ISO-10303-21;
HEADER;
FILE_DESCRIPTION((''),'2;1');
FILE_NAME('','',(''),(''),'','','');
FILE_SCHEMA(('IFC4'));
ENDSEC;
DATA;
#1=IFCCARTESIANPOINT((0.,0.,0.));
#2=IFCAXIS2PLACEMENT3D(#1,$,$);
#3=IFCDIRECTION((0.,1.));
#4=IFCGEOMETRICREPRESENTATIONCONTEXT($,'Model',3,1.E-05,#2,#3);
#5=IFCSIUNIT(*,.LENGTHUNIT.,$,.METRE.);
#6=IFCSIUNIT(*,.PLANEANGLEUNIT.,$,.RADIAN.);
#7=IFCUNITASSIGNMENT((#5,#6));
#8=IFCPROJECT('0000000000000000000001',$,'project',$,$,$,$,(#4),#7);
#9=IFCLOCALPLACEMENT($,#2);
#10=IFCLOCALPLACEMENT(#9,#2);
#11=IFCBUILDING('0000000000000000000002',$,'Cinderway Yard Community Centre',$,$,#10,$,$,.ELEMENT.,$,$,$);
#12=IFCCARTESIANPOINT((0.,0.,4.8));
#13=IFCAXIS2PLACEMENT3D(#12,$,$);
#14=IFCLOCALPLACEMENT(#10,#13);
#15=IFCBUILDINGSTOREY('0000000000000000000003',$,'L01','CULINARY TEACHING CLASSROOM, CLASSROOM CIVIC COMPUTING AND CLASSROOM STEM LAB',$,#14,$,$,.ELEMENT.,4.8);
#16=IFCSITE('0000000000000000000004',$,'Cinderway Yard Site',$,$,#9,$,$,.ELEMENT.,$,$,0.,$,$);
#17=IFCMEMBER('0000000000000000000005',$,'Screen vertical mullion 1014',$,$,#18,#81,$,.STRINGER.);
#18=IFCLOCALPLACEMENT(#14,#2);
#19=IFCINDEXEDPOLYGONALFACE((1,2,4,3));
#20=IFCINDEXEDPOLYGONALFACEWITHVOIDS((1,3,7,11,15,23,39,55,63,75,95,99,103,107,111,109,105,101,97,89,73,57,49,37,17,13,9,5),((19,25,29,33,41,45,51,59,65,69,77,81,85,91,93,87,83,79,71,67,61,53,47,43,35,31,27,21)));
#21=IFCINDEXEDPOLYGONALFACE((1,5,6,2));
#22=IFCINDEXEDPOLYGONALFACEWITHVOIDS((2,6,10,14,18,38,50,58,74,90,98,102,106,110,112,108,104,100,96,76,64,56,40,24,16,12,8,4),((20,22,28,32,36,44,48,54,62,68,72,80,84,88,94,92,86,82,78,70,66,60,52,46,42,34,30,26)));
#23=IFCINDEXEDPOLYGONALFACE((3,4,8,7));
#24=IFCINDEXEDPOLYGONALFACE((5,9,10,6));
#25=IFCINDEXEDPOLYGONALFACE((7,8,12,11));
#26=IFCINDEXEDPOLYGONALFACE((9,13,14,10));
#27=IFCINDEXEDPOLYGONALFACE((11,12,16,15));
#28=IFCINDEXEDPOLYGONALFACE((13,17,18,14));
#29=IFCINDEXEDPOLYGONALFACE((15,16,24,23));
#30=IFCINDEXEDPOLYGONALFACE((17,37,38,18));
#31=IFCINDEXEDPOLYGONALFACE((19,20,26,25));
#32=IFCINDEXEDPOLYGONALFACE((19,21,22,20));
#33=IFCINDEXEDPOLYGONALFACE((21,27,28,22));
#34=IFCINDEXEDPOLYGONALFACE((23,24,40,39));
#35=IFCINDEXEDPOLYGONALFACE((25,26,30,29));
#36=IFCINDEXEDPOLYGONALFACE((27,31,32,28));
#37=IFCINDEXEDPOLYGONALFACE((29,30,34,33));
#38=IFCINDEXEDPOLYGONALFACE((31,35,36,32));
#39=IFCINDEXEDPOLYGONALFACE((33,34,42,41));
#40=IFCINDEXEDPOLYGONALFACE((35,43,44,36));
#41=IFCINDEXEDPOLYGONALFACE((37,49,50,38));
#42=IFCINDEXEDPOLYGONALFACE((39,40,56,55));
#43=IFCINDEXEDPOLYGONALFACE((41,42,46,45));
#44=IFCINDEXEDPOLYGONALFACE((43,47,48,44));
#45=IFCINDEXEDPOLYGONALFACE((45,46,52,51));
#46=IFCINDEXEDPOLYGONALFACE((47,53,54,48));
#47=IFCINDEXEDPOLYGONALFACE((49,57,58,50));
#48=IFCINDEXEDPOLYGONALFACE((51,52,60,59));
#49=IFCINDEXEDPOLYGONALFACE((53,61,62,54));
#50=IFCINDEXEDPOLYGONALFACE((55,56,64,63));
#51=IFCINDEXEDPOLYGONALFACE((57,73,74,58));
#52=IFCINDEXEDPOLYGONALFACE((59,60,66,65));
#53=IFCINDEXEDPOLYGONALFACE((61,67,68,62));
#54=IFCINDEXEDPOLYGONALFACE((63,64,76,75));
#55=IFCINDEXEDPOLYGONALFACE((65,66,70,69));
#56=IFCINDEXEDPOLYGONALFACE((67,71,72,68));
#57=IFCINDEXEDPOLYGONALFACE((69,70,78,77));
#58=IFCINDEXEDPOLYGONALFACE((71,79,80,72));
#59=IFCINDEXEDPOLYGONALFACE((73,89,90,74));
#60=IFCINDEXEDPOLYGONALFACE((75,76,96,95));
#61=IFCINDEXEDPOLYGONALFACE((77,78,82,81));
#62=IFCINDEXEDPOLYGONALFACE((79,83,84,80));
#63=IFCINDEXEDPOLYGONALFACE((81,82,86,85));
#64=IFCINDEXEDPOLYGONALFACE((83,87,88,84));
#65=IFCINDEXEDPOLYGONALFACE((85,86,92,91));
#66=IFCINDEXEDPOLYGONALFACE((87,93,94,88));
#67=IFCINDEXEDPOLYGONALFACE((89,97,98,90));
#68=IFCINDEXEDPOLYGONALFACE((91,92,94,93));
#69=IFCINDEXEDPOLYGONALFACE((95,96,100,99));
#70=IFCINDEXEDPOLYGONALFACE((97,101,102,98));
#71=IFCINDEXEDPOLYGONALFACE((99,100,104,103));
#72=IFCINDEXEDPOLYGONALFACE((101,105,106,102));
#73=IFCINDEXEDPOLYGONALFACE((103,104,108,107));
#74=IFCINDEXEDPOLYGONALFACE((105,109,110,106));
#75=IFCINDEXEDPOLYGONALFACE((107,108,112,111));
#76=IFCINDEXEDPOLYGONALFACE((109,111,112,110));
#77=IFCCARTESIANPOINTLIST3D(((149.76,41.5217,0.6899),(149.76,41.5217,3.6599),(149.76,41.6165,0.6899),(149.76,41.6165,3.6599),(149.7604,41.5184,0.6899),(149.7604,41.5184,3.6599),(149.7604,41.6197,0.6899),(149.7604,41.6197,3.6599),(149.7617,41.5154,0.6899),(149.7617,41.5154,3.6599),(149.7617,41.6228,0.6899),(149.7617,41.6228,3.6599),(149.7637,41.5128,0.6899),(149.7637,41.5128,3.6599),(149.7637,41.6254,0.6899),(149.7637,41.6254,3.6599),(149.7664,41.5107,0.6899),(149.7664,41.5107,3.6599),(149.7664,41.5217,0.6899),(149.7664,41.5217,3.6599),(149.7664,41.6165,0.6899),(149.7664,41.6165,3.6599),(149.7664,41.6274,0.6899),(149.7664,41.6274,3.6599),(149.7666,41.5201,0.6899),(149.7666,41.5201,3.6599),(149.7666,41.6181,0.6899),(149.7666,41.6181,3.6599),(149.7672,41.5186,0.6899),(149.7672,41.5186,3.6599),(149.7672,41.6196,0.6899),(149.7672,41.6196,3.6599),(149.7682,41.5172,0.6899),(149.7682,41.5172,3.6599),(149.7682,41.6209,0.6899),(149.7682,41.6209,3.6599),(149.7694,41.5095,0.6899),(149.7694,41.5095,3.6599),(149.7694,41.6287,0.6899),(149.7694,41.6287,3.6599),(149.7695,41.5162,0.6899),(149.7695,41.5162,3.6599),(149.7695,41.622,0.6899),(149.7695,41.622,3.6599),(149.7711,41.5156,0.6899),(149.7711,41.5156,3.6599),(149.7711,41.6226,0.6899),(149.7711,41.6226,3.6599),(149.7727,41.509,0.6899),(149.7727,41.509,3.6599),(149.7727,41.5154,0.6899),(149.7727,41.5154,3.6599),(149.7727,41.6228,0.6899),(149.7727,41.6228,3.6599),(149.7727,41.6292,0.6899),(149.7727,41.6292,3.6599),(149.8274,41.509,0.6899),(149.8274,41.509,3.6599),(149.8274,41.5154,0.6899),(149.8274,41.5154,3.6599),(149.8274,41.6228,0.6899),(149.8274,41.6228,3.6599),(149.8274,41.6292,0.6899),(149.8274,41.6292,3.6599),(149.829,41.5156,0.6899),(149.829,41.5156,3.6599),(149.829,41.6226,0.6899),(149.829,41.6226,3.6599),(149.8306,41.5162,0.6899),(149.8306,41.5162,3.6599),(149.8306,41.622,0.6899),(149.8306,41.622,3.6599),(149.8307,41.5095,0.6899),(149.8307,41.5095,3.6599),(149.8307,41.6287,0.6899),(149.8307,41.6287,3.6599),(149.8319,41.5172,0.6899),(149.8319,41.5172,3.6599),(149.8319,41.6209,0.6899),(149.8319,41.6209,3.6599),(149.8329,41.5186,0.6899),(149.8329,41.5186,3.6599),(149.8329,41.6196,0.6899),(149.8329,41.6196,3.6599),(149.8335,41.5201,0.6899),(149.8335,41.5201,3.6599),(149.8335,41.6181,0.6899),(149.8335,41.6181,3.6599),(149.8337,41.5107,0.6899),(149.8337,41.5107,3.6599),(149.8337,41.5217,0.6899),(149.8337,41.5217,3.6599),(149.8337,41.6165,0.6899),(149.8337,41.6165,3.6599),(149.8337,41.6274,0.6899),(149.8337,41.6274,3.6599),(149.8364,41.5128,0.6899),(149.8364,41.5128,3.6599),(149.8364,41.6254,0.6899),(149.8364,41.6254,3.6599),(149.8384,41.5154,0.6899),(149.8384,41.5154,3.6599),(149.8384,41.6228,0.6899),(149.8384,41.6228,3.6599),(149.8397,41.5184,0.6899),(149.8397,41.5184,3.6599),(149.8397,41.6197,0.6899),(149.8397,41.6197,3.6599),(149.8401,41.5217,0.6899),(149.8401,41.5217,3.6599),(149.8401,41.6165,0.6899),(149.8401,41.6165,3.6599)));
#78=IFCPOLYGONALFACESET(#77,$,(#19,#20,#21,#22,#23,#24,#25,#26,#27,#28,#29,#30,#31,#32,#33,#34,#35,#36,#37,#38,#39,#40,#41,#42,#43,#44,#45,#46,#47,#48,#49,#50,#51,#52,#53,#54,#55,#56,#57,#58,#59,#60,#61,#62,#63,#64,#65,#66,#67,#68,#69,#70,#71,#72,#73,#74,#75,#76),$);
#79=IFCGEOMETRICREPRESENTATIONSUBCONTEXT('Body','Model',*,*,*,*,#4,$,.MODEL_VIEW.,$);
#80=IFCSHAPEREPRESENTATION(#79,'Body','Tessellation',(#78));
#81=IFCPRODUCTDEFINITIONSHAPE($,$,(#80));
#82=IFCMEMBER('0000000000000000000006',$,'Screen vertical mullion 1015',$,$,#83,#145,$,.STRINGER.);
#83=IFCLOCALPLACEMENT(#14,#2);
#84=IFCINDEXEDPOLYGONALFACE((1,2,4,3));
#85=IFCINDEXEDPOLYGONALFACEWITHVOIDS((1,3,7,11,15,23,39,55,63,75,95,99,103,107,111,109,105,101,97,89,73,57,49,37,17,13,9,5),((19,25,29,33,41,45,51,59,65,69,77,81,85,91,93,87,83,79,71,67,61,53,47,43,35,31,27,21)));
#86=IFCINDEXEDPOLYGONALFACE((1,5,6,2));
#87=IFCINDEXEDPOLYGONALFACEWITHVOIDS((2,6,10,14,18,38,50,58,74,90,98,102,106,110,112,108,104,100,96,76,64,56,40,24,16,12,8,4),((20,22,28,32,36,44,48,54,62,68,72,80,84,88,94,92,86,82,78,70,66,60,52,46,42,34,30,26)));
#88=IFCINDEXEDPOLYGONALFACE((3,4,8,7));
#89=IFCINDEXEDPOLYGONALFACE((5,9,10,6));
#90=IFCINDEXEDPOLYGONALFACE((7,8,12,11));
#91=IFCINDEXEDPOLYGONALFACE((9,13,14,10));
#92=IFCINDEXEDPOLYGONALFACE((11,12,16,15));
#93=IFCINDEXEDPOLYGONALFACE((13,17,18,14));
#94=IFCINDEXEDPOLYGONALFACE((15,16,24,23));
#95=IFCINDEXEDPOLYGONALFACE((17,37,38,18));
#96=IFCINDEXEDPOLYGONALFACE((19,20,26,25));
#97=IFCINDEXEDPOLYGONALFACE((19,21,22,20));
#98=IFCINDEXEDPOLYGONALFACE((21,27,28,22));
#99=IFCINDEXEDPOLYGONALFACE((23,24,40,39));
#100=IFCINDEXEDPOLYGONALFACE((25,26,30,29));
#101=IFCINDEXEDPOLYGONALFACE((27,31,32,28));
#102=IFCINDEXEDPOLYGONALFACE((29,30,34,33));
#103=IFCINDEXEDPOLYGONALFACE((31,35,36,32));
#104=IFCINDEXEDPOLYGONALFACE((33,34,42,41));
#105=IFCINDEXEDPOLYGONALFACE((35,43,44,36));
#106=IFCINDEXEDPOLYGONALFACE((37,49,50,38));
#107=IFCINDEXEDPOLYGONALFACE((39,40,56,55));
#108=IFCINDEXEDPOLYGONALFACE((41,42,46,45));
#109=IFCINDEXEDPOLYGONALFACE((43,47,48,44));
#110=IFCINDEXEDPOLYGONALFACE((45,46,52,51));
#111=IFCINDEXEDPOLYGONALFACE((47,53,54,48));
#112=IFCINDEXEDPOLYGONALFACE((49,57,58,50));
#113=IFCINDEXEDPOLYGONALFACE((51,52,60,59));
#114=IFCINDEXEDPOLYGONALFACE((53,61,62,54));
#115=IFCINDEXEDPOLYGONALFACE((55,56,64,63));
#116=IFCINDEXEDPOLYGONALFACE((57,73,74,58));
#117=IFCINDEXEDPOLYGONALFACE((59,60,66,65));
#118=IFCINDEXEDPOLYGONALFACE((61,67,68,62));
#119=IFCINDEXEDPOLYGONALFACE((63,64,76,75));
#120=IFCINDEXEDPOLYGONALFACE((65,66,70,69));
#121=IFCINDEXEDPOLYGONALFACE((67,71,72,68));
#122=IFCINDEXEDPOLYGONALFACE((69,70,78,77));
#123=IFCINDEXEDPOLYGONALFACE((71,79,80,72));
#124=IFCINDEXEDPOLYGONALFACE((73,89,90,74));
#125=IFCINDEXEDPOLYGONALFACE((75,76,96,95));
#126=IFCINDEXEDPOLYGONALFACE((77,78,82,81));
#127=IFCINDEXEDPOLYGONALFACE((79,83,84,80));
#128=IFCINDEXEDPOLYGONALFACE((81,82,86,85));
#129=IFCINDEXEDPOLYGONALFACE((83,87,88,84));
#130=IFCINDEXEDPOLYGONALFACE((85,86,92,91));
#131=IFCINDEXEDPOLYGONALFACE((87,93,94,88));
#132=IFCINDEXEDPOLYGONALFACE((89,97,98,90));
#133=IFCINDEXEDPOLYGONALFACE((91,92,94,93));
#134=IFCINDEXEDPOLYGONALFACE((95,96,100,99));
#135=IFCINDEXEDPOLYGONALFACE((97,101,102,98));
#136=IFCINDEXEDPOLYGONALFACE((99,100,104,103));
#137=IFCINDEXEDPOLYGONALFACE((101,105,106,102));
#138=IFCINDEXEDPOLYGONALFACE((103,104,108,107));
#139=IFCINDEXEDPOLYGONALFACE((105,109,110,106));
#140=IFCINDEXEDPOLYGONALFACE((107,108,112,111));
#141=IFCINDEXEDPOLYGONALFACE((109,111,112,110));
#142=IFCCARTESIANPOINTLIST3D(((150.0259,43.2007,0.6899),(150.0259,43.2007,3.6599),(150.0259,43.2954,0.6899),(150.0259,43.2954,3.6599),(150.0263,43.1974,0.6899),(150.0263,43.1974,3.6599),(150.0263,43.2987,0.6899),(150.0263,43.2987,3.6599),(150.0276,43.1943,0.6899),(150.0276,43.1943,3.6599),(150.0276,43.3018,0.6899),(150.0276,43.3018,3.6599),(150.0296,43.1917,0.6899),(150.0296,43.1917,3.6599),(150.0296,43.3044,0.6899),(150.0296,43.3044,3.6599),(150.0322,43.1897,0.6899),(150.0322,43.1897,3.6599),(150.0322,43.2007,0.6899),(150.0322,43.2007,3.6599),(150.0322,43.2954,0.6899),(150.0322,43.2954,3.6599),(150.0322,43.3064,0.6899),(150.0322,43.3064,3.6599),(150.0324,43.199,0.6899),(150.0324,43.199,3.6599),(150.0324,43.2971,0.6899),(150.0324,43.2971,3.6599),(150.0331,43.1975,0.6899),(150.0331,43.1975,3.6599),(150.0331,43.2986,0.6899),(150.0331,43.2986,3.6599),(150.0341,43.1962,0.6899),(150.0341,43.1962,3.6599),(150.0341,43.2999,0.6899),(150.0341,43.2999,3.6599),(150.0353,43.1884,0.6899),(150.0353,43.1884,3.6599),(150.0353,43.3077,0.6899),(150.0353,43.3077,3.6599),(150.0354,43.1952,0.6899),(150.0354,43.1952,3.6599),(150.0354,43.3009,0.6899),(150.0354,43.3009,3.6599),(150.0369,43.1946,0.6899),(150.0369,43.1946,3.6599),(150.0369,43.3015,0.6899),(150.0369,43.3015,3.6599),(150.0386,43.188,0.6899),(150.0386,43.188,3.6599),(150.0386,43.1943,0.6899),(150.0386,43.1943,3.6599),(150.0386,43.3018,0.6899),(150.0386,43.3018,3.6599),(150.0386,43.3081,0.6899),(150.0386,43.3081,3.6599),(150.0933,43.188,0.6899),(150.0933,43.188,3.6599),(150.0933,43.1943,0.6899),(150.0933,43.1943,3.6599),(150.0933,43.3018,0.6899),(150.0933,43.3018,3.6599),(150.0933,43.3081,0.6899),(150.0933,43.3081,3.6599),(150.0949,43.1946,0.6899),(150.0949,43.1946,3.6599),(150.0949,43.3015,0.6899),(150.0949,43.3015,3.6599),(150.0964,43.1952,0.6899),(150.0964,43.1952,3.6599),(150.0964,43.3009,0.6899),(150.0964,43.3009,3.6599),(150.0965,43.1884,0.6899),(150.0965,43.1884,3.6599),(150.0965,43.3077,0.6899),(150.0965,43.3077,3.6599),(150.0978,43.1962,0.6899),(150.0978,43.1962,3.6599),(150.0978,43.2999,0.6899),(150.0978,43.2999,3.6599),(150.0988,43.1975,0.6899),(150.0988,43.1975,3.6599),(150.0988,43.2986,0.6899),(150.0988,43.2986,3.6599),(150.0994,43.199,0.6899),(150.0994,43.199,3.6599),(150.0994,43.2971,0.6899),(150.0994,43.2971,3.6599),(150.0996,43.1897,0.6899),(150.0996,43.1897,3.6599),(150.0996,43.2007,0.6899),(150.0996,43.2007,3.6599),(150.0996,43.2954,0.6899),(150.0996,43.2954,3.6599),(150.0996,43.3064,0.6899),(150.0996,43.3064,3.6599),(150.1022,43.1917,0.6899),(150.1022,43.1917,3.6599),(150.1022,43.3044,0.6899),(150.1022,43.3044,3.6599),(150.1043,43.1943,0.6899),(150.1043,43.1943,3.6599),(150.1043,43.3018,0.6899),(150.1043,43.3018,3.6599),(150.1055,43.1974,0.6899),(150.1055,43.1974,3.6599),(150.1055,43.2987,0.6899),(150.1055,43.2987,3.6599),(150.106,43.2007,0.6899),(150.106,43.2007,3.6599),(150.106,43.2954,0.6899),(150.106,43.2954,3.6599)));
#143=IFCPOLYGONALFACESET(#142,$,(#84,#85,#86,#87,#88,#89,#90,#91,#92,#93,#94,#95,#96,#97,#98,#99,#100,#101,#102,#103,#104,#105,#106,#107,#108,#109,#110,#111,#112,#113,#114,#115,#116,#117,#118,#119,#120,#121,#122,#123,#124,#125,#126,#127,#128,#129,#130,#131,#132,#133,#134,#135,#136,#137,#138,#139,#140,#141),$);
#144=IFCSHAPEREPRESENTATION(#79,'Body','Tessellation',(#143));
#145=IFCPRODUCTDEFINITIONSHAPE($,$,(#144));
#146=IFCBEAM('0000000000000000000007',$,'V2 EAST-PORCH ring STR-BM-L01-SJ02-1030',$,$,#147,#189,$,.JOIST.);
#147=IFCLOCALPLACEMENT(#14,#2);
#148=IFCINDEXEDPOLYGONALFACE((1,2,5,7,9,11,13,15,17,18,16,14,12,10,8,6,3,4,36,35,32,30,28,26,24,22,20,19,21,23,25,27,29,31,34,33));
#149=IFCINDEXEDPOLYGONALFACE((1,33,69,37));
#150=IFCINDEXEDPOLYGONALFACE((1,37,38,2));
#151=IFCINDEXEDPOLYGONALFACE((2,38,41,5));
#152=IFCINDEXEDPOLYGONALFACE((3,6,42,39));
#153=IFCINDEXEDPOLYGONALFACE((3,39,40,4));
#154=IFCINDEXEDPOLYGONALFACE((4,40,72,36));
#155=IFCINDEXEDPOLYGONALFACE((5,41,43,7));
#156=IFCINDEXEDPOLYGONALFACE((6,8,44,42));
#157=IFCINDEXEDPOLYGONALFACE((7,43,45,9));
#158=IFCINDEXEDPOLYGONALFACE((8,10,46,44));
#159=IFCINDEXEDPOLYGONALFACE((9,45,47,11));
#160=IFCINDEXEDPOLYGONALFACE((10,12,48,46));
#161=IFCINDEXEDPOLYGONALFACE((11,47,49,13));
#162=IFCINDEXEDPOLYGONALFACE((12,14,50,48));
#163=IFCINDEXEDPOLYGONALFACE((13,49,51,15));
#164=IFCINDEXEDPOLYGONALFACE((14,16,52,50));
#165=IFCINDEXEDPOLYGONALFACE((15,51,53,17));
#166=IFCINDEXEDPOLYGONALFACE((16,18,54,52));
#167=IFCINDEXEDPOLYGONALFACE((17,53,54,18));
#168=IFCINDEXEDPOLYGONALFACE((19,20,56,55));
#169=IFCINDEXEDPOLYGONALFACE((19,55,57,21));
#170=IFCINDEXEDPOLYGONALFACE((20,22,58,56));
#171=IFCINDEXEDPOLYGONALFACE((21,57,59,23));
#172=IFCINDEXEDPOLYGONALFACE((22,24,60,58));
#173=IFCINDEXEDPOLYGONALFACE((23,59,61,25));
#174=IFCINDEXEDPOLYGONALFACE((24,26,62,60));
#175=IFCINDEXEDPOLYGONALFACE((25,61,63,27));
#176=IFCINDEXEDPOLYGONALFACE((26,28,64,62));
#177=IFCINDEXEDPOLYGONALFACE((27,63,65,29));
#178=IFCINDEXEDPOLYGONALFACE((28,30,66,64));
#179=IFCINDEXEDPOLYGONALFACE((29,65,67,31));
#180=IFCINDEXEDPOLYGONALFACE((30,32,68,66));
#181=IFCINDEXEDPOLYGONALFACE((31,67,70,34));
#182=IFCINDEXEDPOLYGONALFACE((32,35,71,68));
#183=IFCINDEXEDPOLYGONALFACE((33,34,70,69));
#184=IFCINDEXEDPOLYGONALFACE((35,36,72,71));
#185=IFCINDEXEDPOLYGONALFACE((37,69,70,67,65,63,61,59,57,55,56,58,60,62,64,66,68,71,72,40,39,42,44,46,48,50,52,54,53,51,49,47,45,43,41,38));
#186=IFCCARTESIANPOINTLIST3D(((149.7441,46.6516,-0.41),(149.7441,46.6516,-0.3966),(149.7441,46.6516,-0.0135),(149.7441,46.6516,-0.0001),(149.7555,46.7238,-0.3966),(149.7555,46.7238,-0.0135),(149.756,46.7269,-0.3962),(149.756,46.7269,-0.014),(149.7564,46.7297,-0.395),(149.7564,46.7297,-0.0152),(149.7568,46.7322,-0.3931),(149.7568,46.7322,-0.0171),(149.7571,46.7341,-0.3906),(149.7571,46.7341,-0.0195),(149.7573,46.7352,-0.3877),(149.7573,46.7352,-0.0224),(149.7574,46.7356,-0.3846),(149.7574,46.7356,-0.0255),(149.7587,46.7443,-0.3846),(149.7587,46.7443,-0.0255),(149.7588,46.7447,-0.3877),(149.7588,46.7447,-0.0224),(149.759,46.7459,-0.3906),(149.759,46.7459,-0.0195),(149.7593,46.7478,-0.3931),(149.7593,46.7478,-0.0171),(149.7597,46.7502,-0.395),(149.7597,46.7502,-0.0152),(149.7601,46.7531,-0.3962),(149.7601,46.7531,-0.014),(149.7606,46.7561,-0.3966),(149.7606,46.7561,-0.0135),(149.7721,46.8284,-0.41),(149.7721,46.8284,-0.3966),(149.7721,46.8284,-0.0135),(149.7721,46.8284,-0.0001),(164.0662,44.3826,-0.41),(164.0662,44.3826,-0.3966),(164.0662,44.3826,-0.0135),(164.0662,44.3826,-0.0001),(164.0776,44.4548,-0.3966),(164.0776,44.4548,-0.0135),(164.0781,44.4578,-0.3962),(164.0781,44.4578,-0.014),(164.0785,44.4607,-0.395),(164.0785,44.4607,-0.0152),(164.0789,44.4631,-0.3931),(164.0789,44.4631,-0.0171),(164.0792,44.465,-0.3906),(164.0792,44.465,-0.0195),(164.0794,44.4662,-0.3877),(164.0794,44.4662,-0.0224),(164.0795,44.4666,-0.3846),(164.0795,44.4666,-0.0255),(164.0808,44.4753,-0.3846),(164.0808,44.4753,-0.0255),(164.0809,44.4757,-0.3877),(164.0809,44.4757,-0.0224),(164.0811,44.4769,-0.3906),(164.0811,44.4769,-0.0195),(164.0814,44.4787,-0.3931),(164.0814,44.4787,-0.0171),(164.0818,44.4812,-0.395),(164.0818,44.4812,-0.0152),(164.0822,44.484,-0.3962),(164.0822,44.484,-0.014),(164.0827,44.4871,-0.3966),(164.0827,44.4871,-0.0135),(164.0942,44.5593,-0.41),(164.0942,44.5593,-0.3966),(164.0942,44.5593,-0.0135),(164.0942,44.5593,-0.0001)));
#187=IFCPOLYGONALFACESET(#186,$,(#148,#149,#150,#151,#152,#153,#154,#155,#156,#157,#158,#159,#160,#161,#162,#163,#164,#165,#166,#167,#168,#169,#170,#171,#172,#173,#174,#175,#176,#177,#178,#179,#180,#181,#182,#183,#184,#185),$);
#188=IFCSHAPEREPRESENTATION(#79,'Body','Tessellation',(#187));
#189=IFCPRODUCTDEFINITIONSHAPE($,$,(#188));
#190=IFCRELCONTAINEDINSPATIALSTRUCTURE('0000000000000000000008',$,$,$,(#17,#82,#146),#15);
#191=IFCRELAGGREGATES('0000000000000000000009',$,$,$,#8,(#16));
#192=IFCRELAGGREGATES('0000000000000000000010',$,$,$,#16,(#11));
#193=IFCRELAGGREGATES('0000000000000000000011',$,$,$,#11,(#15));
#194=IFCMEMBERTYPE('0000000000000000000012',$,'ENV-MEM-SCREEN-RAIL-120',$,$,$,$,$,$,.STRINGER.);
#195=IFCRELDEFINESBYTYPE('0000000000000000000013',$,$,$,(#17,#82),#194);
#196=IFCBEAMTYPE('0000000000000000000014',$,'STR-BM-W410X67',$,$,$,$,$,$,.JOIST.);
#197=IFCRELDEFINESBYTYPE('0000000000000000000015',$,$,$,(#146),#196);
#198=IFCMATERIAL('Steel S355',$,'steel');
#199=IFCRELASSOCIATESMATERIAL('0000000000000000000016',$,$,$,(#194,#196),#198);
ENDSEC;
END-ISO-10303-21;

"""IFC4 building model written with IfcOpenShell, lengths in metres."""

from ifc_helpers import new_model, si_unit, direction, frame, origin, origin_2d, place, context, subcontext, project, spatial, hollow_rectangle, i_section, extrude, material, material_profile, profile_set, type_object, element, save


model = new_model("IFC4")

# Units and contexts
model_context = context("Model", 3, precision=1e-05, world=origin(), true_north=direction((0.0, 1.0)))
body_context = subcontext(model_context, "Body", "Model", "MODEL_VIEW")
ifc_project = project(units=[si_unit("LENGTHUNIT", "METRE"), si_unit("PLANEANGLEUNIT", "RADIAN")], contexts=[model_context])

# Site, building, storey
site_placement = place(None, origin())
site = spatial("IfcSite", under=ifc_project, at=site_placement, Name="Cinderway Yard Site", CompositionType="ELEMENT", RefElevation=0.0)
building_placement = place(site_placement, origin())
building = spatial("IfcBuilding", under=site, at=building_placement, Name="Cinderway Yard Community Centre", CompositionType="ELEMENT")
storey_placement = place(building_placement, frame((0.0, 0.0, 4.8)))
storey = spatial("IfcBuildingStorey", under=building, at=storey_placement, Name="L01", Description="CULINARY TEACHING CLASSROOM, CLASSROOM CIVIC COMPUTING AND CLASSROOM STEM LAB", CompositionType="ELEMENT", Elevation=4.8)

# Members
ifc_material_1 = material(Name="Steel S355", Category="steel")
ifc_material_profile_1 = material_profile(ifc_material_1, hollow_rectangle(XDim=0.0801, YDim=0.1201, WallThickness=0.0063, InnerFilletRadius=0.0063, OuterFilletRadius=0.0127, at=origin_2d()), Name="Steel S355")
ifc_profile_set_1 = profile_set([ifc_material_profile_1], Name="Steel S355")
member_type_1 = type_object("IfcMemberType", Name="ENV-MEM-SCREEN-RAIL-120", PredefinedType="STRINGER", material=ifc_profile_set_1)
for number, where, z_axis, x_axis, name in (
    (1, (149.8, 41.5691, 0.6899), (0.0, 0.0, 1.0), (1.0, 0.0, 0.0), "Screen vertical mullion 1014"),
    (2, (150.0659, 43.248, 0.6899), (0.0, 0.0, 1.0), (1.0, 0.0, 0.0), "Screen vertical mullion 1015"),
):
    element("IfcMember", number, at=place(storey_placement, frame(where, z_axis=z_axis, x_axis=x_axis)), inside=storey, type_object=member_type_1, Name=name, PredefinedType="STRINGER", context=body_context, shape_type="SweptSolid", body=[
        extrude(hollow_rectangle(XDim=0.0801, YDim=0.1201, WallThickness=0.0063, InnerFilletRadius=0.0063, OuterFilletRadius=0.0127, at=origin_2d()), origin(), (0.0, 0.0, 1.0), 2.97),
    ])

# Beam
ifc_material_profile_2 = material_profile(ifc_material_1, i_section(OverallWidth=0.179, OverallDepth=0.4099, WebThickness=0.0088, FlangeThickness=0.0134, FilletRadius=0.012, at=origin_2d()), Name="Steel S355")
ifc_profile_set_2 = profile_set([ifc_material_profile_2], Name="Steel S355")
beam_type_1 = type_object("IfcBeamType", Name="STR-BM-W410X67", PredefinedType="JOIST", material=ifc_profile_set_2)
beam_1_placement = place(storey_placement, frame((149.7581, 46.74, -0.2051), z_axis=(0.987681, -0.156479, 0.0), x_axis=(0.156479, 0.987681, 0.0)))
element("IfcBeam", 3, at=beam_1_placement, inside=storey, type_object=beam_type_1, Name="V2 EAST-PORCH ring STR-BM-L01-SJ02-1030", PredefinedType="JOIST", context=body_context, shape_type="SweptSolid", body=[
    extrude(i_section(OverallWidth=0.179, OverallDepth=0.4099, WebThickness=0.0088, FlangeThickness=0.0134, FilletRadius=0.012, at=origin_2d()), origin(), (0.0, 0.0, 1.0), 14.5007),
])

save(model, "model.ifc")
